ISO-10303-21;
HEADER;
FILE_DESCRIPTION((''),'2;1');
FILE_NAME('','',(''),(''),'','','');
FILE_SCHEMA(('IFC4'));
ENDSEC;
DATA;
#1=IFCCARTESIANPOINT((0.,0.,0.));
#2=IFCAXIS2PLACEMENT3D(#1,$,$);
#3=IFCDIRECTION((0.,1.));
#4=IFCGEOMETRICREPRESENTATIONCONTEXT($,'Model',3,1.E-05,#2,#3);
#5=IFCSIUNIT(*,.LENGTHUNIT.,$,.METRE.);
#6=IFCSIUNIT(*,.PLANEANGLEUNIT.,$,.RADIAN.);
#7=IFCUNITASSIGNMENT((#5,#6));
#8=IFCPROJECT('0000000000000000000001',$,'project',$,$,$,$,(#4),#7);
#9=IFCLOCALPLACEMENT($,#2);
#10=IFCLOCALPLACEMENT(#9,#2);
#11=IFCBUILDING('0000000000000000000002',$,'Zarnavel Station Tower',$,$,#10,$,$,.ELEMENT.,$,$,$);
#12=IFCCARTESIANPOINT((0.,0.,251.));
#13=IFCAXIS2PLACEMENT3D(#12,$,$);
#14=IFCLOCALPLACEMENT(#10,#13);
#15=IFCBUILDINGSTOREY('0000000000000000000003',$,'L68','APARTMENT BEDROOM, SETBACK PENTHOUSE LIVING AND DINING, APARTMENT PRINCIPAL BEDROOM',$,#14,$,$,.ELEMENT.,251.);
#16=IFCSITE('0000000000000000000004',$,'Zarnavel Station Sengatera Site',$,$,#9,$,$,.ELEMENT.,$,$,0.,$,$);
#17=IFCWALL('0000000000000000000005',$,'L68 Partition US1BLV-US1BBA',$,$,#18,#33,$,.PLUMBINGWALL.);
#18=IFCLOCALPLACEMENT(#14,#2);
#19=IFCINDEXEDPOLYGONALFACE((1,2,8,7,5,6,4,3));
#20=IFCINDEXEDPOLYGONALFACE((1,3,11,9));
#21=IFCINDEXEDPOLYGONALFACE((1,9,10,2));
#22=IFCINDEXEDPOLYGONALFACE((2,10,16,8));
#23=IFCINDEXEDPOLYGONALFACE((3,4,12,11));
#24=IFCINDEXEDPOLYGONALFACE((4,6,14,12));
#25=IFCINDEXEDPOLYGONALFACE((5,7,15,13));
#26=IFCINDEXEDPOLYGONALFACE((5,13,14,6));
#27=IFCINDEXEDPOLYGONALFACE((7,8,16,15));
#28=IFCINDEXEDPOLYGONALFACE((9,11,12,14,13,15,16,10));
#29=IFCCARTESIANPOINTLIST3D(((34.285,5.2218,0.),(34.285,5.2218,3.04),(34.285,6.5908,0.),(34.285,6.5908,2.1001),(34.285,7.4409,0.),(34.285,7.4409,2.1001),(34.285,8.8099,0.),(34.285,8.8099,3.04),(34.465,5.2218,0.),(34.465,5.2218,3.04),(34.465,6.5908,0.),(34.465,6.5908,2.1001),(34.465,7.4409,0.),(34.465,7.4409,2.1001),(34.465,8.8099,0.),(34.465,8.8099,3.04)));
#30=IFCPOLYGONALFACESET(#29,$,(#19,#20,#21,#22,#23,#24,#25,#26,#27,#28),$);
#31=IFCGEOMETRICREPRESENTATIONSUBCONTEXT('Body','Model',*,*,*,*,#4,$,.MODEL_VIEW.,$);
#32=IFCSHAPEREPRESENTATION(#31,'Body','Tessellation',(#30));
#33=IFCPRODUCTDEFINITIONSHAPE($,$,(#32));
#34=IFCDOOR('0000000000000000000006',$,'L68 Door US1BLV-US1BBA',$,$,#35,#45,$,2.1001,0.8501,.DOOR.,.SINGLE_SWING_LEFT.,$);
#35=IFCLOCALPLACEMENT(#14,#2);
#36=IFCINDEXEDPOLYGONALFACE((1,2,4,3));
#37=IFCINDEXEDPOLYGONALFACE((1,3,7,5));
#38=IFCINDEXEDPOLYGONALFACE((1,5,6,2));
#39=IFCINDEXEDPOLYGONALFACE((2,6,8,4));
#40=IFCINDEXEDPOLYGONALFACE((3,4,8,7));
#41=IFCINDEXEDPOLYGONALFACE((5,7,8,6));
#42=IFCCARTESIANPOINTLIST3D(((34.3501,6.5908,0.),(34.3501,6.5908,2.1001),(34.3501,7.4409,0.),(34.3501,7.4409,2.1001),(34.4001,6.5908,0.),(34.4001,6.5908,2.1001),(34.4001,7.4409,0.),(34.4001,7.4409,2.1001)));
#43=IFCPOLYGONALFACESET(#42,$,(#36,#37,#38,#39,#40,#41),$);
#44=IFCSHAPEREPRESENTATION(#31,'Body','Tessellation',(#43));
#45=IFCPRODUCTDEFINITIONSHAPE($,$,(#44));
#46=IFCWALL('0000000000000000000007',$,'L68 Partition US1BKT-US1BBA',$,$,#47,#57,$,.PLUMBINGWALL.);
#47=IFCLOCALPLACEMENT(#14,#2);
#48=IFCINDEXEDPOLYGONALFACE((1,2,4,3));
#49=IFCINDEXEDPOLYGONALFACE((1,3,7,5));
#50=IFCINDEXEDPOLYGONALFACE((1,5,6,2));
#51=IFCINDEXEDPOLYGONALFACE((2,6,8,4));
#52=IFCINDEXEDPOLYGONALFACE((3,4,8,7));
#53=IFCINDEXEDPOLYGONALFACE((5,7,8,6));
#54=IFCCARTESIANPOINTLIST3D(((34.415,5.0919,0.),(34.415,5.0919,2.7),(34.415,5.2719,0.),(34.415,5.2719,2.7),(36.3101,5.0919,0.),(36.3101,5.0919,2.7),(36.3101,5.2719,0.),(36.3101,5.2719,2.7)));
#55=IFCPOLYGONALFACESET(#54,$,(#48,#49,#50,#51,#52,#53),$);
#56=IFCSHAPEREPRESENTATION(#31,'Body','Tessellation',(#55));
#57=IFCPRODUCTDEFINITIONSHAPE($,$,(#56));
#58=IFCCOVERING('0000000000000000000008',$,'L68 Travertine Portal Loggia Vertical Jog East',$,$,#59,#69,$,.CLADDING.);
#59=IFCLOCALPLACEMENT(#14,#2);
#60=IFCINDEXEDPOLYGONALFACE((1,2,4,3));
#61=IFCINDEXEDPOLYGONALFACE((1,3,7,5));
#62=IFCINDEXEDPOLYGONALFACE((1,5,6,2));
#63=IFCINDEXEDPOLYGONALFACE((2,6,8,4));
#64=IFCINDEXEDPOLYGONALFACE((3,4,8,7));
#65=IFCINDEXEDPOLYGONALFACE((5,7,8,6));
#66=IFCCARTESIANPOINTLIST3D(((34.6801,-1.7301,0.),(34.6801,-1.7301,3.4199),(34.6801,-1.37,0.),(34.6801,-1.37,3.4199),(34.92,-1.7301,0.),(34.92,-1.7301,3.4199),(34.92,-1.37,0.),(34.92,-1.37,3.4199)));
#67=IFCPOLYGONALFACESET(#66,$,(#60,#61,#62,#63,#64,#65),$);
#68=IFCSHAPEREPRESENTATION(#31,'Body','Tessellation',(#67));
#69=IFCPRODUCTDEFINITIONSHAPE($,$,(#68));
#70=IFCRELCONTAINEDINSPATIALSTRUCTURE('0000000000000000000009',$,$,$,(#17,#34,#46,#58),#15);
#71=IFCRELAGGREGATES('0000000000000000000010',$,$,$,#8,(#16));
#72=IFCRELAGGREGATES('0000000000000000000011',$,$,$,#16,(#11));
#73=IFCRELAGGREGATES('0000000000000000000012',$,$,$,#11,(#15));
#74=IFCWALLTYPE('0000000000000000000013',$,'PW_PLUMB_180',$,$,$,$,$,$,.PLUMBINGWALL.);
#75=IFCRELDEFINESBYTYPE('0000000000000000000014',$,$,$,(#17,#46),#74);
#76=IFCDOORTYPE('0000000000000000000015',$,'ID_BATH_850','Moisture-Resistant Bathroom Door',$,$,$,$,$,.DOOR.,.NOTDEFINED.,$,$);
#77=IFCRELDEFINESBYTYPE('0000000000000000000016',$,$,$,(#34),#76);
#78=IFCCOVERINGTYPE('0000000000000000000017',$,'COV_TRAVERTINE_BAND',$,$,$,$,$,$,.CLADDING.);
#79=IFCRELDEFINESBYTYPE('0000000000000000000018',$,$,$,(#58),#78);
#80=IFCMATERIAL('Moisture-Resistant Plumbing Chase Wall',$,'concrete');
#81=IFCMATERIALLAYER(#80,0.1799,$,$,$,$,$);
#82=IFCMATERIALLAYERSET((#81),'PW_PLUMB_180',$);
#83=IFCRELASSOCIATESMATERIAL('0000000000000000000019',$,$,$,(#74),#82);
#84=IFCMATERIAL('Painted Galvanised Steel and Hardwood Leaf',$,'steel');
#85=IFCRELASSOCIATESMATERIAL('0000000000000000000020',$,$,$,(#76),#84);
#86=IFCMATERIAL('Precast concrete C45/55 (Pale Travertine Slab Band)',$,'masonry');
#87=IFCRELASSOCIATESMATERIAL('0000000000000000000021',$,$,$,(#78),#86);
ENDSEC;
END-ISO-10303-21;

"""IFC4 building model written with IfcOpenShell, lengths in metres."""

from ifc_helpers import new_model, si_unit, direction, frame, frame_2d, origin, origin_2d, place, context, subcontext, project, spatial, rectangle, extrude, material, layer, layer_set, type_object, element, fill, save


model = new_model("IFC4")

# Units and contexts
model_context = context("Model", 3, precision=1e-05, world=origin(), true_north=direction((0.0, 1.0)))
body_context = subcontext(model_context, "Body", "Model", "MODEL_VIEW")
ifc_project = project(units=[si_unit("LENGTHUNIT", "METRE"), si_unit("PLANEANGLEUNIT", "RADIAN")], contexts=[model_context])

# Site, building, storey
site_placement = place(None, origin())
site = spatial("IfcSite", under=ifc_project, at=site_placement, Name="Zarnavel Station Sengatera Site", CompositionType="ELEMENT", RefElevation=0.0)
building_placement = place(site_placement, origin())
building = spatial("IfcBuilding", under=site, at=building_placement, Name="Zarnavel Station Tower", CompositionType="ELEMENT")
storey_placement = place(building_placement, frame((0.0, 0.0, 251.0)))
storey = spatial("IfcBuildingStorey", under=building, at=storey_placement, Name="L68", Description="APARTMENT BEDROOM, SETBACK PENTHOUSE LIVING AND DINING, APARTMENT PRINCIPAL BEDROOM", CompositionType="ELEMENT", Elevation=251.0)

# Shared definitions
ifc_material_1 = material(Name="Moisture-Resistant Plumbing Chase Wall", Category="concrete")
ifc_layer_1 = layer(ifc_material_1, 0.1799)
ifc_layer_set_1 = layer_set([ifc_layer_1], Name="PW_PLUMB_180")
wall_type_1 = type_object("IfcWallType", Name="PW_PLUMB_180", PredefinedType="PLUMBINGWALL", material=ifc_layer_set_1)

# Wall, opening, door
wall_1_placement = place(storey_placement, frame((34.375, 5.2219, 0.0), z_axis=(0.0, 0.0, 1.0), x_axis=(0.0, 1.0, 0.0)))
wall_1 = element("IfcWall", 1, at=wall_1_placement, inside=storey, type_object=wall_type_1, Name="L68 Partition US1BLV-US1BBA", PredefinedType="PLUMBINGWALL", context=body_context, shape_type="SweptSolid", body=[
    extrude(rectangle(XDim=3.5881, YDim=0.1799, at=frame_2d((1.7939, 0.0))), origin(), (0.0, 0.0, 1.0), 3.04),
])
opening_1_placement = place(wall_1_placement, frame((1.3689, 0.0, 0.0)))
opening_1 = element("IfcOpeningElement", 2, at=opening_1_placement, cuts=wall_1, PredefinedType="OPENING", context=body_context, shape_type="SweptSolid", body=[
    extrude(rectangle(XDim=0.8501, YDim=2.1001, at=frame_2d((0.425, 1.05))), frame((0.0, 0.0999, 0.0), z_axis=(0.0, -1.0, 0.0), x_axis=(1.0, 0.0, 0.0)), (0.0, 0.0, 1.0), 0.2),
])
ifc_material_2 = material(Name="Painted Galvanised Steel and Hardwood Leaf", Category="steel")
door_type_1 = type_object("IfcDoorType", Name="ID_BATH_850", Description="Moisture-Resistant Bathroom Door", OperationType="NOTDEFINED", PredefinedType="DOOR", material=ifc_material_2)
door_1_placement = place(opening_1_placement, origin())
door_1 = element("IfcDoor", 3, at=door_1_placement, inside=storey, type_object=door_type_1, Name="L68 Door US1BLV-US1BBA", OperationType="SINGLE_SWING_LEFT", OverallHeight=2.1001, OverallWidth=0.8501, PredefinedType="DOOR", context=body_context, shape_type="SweptSolid", body=[
    extrude(rectangle(XDim=0.8501, YDim=2.1001, at=frame_2d((0.425, 1.05))), frame((0.0, 0.0249, 0.0), z_axis=(0.0, -1.0, 0.0), x_axis=(1.0, 0.0, 0.0)), (0.0, 0.0, 1.0), 0.05),
])
fill(opening_1, door_1)

# Wall
wall_2_placement = place(storey_placement, frame((34.415, 5.1819, 0.0), z_axis=(0.0, 0.0, 1.0), x_axis=(1.0, 0.0, 0.0)))
element("IfcWall", 4, at=wall_2_placement, inside=storey, type_object=wall_type_1, Name="L68 Partition US1BKT-US1BBA", PredefinedType="PLUMBINGWALL", context=body_context, shape_type="SweptSolid", body=[
    extrude(rectangle(XDim=1.895, YDim=0.1799, at=frame_2d((0.9475, 0.0))), origin(), (0.0, 0.0, 1.0), 2.7),
])

# Covering
ifc_material_3 = material(Name="Precast concrete C45/55 (Pale Travertine Slab Band)", Category="masonry")
covering_type = type_object("IfcCoveringType", Name="COV_TRAVERTINE_BAND", PredefinedType="CLADDING", material=ifc_material_3)
covering_placement = place(storey_placement, frame((34.8, -1.55, 0.0), z_axis=(0.0, 0.0, 1.0), x_axis=(1.0, 0.0, 0.0)))
element("IfcCovering", 5, at=covering_placement, inside=storey, type_object=covering_type, Name="L68 Travertine Portal Loggia Vertical Jog East", PredefinedType="CLADDING", context=body_context, shape_type="SweptSolid", body=[
    extrude(rectangle(XDim=0.24, YDim=0.3601, at=origin_2d()), origin(), (0.0, 0.0, 1.0), 3.4199),
])

save(model, "model.ifc")
